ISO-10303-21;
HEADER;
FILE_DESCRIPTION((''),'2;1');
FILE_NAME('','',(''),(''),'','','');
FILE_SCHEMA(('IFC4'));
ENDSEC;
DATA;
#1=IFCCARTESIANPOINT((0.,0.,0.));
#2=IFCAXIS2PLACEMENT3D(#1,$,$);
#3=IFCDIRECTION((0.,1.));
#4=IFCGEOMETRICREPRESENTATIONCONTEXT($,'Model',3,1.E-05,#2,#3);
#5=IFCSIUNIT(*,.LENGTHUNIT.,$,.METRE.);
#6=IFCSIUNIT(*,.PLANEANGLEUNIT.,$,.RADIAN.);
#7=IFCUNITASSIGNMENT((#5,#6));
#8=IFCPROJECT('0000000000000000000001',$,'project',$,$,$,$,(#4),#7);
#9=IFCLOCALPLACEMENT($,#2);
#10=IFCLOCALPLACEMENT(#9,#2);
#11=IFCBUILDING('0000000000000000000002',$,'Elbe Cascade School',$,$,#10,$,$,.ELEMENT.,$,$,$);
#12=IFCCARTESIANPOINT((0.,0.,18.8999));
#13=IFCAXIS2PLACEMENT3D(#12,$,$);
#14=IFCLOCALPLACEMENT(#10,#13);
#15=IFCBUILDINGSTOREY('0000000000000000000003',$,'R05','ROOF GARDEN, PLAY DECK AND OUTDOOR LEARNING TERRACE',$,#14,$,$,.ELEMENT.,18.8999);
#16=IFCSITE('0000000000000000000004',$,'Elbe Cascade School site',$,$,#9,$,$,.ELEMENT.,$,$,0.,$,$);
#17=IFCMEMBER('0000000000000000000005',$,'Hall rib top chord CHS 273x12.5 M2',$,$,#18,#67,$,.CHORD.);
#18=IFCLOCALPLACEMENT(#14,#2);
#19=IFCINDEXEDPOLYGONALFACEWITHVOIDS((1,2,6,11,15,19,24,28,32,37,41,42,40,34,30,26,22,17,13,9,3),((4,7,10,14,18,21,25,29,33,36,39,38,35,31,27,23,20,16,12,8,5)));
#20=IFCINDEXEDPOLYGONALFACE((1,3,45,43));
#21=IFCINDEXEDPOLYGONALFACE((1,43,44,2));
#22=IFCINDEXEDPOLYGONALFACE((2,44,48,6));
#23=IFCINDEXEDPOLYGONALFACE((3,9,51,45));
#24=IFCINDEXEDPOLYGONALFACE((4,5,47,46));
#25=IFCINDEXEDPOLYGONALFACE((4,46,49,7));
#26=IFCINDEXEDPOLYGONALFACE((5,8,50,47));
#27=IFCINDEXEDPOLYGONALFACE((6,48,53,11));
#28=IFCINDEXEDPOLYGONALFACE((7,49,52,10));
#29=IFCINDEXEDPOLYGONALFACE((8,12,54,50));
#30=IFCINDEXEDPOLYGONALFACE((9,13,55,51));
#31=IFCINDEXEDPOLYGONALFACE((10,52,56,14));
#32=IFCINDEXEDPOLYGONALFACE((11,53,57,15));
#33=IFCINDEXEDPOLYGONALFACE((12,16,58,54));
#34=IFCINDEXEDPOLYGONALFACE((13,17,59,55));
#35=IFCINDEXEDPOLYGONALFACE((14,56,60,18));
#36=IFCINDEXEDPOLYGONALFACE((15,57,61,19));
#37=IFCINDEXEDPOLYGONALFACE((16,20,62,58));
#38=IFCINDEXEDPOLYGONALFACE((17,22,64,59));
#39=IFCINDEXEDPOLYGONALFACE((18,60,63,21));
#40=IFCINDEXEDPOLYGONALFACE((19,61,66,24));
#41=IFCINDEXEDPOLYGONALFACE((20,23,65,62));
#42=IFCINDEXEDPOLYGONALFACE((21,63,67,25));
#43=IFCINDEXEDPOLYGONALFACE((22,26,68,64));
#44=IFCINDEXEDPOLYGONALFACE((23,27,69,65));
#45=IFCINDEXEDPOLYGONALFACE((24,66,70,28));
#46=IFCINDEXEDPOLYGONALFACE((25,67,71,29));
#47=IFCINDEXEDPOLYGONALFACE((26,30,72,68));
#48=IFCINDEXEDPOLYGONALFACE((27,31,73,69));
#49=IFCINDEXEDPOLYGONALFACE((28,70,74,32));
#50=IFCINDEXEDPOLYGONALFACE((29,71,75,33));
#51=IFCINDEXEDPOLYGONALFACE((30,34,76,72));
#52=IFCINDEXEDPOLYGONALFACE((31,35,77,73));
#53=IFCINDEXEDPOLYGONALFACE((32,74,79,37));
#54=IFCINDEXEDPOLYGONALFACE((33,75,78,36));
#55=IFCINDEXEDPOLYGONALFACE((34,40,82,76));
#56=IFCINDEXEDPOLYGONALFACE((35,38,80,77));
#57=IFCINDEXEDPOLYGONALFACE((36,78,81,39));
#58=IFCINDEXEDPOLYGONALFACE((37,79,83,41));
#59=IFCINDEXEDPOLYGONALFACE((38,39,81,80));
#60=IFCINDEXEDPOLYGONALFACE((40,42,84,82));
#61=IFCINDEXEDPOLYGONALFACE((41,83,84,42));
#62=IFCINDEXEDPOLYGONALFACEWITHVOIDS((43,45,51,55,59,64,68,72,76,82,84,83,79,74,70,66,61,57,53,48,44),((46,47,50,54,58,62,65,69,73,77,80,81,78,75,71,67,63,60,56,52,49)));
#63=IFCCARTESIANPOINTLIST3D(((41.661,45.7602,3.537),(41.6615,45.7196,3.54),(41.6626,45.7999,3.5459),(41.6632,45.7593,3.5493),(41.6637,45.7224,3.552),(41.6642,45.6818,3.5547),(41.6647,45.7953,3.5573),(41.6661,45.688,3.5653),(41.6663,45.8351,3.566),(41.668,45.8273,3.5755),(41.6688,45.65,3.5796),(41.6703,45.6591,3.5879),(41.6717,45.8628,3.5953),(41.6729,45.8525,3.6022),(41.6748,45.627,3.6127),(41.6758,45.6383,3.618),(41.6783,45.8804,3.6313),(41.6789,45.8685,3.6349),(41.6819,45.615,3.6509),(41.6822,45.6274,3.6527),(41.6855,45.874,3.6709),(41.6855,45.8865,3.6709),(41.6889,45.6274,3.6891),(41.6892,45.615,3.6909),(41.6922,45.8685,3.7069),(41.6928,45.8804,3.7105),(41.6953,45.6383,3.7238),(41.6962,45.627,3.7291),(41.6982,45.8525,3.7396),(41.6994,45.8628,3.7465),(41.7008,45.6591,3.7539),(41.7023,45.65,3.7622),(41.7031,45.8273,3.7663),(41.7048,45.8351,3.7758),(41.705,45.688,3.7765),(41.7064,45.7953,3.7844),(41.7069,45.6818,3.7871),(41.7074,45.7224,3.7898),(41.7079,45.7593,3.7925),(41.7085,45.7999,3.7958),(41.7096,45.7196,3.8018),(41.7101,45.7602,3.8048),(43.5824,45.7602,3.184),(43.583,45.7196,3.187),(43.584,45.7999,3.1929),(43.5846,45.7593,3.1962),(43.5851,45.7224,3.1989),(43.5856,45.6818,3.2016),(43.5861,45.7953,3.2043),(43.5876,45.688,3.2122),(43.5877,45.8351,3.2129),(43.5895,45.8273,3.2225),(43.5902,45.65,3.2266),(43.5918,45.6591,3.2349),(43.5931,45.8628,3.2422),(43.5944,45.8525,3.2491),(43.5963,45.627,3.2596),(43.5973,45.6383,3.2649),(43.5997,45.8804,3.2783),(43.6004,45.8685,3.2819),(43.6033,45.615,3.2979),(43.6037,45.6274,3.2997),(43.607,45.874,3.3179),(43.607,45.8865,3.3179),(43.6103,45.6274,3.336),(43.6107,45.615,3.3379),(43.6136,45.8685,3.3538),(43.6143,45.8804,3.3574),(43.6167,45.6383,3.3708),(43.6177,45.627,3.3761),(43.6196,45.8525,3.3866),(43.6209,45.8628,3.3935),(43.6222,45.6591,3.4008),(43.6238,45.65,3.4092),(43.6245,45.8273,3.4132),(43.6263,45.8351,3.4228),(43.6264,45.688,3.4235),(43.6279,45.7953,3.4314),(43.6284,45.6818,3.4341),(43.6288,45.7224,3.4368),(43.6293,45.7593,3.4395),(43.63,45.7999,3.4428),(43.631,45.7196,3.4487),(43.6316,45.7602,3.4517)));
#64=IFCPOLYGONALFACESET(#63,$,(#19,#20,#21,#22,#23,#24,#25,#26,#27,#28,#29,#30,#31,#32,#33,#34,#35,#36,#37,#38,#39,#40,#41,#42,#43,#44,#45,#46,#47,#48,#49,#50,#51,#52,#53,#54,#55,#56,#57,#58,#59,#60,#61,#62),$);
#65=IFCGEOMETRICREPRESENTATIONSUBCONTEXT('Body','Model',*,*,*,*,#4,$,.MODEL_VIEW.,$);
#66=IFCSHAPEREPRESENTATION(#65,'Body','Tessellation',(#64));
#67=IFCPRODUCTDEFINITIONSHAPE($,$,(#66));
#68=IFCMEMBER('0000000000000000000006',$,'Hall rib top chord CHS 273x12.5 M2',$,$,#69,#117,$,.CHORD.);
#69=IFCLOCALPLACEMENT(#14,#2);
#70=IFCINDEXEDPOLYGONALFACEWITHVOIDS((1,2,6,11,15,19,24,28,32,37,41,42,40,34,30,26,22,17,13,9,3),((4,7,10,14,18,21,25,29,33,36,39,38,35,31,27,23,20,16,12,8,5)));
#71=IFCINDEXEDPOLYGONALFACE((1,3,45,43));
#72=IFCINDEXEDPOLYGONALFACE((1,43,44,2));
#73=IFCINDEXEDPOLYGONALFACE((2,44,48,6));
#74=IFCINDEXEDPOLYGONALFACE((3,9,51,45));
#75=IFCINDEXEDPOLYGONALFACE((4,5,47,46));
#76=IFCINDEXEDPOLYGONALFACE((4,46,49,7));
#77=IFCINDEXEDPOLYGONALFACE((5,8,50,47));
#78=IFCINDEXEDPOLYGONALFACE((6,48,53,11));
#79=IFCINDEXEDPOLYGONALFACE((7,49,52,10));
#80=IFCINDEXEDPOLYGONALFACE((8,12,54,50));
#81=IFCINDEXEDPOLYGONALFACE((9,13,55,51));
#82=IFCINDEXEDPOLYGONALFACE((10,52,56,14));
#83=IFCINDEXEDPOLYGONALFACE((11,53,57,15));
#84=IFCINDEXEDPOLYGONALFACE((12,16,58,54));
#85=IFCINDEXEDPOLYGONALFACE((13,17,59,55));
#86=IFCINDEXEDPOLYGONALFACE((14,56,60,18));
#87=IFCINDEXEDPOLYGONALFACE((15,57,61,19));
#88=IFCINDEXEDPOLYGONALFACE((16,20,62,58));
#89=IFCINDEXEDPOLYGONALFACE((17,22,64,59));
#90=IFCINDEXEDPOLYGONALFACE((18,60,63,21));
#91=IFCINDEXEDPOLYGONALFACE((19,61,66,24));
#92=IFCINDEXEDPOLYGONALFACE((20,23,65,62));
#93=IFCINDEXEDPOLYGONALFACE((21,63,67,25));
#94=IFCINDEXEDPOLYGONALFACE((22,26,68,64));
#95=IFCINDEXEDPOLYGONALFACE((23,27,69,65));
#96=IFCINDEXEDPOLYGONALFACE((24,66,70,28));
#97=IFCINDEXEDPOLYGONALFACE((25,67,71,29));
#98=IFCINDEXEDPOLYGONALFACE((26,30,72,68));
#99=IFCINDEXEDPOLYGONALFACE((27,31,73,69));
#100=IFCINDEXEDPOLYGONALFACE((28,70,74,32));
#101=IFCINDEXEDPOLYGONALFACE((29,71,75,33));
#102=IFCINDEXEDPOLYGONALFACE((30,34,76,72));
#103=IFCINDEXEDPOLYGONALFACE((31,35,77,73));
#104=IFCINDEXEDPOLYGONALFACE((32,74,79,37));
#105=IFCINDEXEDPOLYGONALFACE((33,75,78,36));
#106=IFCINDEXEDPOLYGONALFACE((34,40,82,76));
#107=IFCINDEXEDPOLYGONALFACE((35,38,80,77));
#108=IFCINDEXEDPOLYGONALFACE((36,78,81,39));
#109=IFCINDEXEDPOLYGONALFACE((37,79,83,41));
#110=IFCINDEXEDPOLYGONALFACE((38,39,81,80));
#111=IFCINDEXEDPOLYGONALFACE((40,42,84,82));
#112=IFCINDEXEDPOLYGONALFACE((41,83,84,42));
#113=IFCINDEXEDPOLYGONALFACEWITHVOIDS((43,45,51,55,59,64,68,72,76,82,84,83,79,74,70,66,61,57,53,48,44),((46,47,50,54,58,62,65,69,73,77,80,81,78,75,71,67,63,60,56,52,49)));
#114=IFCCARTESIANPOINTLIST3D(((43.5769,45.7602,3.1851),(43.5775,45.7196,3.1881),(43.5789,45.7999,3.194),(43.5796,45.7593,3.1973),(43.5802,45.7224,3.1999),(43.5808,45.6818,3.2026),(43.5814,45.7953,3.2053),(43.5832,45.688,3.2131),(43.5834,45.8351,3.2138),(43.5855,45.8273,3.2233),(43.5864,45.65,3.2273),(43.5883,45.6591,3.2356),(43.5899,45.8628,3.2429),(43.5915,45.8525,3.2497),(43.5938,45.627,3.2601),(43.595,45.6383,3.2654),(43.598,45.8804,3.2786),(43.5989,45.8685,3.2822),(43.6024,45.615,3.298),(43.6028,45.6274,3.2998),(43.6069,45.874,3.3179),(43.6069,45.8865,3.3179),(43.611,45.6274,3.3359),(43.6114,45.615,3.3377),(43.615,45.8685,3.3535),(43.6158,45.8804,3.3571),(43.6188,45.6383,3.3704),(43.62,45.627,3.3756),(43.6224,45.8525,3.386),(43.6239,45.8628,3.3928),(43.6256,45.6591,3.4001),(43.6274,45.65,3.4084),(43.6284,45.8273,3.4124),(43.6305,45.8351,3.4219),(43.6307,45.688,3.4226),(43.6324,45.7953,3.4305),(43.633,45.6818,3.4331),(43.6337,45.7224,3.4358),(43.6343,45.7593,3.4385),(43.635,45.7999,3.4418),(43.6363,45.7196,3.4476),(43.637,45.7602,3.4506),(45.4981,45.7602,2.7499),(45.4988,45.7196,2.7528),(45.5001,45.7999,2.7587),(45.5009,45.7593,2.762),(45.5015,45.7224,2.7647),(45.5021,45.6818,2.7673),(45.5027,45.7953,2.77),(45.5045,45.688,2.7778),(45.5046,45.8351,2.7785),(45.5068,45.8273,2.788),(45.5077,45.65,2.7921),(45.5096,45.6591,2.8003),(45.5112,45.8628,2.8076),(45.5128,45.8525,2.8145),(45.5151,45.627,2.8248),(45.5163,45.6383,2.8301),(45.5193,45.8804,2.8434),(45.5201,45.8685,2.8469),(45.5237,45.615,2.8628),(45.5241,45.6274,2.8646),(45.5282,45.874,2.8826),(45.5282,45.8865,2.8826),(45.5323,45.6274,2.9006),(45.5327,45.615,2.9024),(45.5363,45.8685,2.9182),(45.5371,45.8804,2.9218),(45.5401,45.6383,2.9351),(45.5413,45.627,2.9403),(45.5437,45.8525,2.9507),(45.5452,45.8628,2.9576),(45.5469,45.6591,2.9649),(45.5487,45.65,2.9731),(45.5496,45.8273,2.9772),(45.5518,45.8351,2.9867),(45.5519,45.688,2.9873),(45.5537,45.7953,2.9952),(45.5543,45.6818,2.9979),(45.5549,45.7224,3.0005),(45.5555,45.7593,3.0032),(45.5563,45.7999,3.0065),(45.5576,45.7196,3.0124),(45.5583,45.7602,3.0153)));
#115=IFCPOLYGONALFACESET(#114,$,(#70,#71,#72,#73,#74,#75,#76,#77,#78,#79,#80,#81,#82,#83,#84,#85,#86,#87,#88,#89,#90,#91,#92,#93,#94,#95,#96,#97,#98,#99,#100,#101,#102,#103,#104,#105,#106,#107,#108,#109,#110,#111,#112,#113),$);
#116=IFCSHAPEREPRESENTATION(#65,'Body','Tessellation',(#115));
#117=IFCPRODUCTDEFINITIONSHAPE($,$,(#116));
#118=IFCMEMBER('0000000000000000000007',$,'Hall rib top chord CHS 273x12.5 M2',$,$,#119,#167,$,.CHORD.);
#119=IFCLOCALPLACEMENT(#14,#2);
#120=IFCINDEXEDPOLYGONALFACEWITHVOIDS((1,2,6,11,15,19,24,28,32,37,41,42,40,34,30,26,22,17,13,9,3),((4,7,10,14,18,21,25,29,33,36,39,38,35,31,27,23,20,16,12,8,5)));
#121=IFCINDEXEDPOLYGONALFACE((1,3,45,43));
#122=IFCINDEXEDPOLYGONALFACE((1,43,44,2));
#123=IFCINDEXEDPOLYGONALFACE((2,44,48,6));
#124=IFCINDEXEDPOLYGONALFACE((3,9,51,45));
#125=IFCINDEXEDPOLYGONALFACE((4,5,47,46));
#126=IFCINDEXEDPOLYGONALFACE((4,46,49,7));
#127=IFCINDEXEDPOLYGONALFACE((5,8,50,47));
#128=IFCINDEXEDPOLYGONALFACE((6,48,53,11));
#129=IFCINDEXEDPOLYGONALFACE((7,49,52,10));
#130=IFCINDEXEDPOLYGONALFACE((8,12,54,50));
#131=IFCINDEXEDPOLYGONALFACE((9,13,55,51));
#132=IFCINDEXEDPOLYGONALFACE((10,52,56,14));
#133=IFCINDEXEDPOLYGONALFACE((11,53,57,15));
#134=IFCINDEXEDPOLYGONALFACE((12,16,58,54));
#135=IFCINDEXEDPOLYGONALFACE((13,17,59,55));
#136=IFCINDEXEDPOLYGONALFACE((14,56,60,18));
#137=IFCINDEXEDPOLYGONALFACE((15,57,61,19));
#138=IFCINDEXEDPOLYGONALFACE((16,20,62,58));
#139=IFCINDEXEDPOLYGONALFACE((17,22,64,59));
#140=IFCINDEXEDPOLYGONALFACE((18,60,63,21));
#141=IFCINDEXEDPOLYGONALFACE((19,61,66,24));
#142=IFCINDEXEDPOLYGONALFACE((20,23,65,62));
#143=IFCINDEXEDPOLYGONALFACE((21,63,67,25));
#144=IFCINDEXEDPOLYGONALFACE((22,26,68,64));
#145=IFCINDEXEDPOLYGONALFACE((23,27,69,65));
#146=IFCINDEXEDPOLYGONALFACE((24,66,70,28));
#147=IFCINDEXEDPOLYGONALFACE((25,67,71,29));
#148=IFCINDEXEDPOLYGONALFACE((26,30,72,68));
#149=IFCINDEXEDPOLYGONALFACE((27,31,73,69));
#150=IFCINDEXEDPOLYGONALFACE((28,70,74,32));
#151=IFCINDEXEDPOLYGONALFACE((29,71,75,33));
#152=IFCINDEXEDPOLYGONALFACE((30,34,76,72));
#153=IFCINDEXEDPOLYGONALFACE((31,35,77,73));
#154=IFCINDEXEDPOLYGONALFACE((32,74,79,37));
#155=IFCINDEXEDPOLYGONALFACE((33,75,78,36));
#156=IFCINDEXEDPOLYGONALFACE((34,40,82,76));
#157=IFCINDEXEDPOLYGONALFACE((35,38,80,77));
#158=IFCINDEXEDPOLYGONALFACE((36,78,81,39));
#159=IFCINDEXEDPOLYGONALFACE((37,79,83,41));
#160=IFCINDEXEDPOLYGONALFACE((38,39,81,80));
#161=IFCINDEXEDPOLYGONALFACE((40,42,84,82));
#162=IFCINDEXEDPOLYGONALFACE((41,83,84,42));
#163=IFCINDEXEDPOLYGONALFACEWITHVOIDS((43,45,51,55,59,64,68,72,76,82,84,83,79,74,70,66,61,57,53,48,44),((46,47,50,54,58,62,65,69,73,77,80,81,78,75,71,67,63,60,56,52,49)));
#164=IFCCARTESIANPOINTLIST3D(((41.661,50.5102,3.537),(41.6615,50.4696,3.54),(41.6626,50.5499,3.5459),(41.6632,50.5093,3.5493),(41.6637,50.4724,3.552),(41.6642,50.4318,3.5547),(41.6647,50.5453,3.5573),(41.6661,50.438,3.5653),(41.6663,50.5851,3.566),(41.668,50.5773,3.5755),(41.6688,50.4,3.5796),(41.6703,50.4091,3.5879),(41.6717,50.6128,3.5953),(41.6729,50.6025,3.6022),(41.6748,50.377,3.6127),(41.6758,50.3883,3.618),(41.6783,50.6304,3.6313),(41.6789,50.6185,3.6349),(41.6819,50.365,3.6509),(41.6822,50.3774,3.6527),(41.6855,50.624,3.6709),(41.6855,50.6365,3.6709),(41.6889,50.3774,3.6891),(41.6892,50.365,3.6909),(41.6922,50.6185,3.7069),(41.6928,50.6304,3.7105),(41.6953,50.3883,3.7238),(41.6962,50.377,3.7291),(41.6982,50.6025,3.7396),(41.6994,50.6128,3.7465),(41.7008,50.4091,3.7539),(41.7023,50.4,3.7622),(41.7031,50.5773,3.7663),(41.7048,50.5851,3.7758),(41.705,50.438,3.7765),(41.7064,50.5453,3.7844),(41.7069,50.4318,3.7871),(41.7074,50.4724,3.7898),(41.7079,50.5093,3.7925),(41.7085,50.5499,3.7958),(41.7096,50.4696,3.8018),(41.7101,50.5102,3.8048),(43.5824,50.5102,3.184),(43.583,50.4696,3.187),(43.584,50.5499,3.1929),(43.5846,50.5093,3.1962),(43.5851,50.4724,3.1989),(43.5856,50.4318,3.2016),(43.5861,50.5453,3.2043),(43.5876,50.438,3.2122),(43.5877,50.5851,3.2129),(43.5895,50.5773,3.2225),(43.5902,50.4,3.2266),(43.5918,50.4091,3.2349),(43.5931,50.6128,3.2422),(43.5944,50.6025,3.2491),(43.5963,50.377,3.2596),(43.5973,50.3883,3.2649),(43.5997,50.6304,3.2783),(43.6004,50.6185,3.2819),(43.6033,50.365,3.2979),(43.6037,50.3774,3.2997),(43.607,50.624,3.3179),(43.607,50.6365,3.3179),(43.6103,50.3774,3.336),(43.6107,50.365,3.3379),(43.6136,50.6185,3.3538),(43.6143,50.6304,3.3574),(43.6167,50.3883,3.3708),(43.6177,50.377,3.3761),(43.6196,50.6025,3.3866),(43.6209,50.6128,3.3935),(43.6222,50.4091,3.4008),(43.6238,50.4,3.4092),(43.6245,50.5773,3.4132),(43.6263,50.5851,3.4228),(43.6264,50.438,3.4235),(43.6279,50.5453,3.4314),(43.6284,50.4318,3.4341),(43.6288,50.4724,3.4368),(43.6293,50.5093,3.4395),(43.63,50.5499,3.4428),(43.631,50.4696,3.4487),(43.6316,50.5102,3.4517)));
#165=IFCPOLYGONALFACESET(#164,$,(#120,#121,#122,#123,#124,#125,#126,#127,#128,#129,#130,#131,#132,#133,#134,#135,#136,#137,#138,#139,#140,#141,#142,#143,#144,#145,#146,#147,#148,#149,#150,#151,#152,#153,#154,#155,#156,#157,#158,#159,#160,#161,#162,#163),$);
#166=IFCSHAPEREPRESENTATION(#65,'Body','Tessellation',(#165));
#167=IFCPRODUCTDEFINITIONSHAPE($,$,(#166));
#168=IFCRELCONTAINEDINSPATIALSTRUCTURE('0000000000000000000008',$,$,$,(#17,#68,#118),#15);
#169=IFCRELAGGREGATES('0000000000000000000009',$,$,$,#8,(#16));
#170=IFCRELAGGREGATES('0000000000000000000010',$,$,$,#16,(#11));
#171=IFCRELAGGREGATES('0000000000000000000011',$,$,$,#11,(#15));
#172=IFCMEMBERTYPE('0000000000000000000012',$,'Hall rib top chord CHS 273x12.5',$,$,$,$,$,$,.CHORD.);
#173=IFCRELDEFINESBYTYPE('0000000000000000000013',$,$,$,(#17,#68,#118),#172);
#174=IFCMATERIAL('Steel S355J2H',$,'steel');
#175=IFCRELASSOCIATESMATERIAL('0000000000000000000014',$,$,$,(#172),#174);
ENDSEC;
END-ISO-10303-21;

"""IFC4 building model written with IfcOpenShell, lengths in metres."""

from ifc_helpers import new_model, si_unit, direction, frame, origin, origin_2d, place, context, subcontext, project, spatial, hollow_circle, extrude, material, material_profile, profile_set, type_object, element, save


model = new_model("IFC4")

# Units and contexts
model_context = context("Model", 3, precision=1e-05, world=origin(), true_north=direction((0.0, 1.0)))
body_context = subcontext(model_context, "Body", "Model", "MODEL_VIEW")
ifc_project = project(units=[si_unit("LENGTHUNIT", "METRE"), si_unit("PLANEANGLEUNIT", "RADIAN")], contexts=[model_context])

# Site, building, storey
site_placement = place(None, origin())
site = spatial("IfcSite", under=ifc_project, at=site_placement, Name="Elbe Cascade School site", CompositionType="ELEMENT", RefElevation=0.0)
building_placement = place(site_placement, origin())
building = spatial("IfcBuilding", under=site, at=building_placement, Name="Elbe Cascade School", CompositionType="ELEMENT")
storey_placement = place(building_placement, frame((0.0, 0.0, 18.8999)))
storey = spatial("IfcBuildingStorey", under=building, at=storey_placement, Name="R05", Description="ROOF GARDEN, PLAY DECK AND OUTDOOR LEARNING TERRACE", CompositionType="ELEMENT", Elevation=18.8999)

# Members
ifc_material_1 = material(Name="Steel S355J2H", Category="steel")
ifc_material_profile_1 = material_profile(ifc_material_1, hollow_circle(Radius=0.1365, WallThickness=0.0125, at=origin_2d()), Name="CHS 273x12.5")
ifc_profile_set_1 = profile_set([ifc_material_profile_1], Name="Steel S355J2H")
member_type_1 = type_object("IfcMemberType", Name="Hall rib top chord CHS 273x12.5", PredefinedType="CHORD", material=ifc_profile_set_1)
member_1_placement = place(storey_placement, frame((41.6855, 45.75, 3.6709), z_axis=(0.983536, 0.0, -0.180711), x_axis=(0.0, 1.0, 0.0)))
element("IfcMember", 1, at=member_1_placement, inside=storey, type_object=member_type_1, Name="Hall rib top chord CHS 273x12.5 M2", PredefinedType="CHORD", context=body_context, shape_type="SweptSolid", body=[
    extrude(hollow_circle(Radius=0.1365, WallThickness=0.0125, at=origin_2d()), origin(), (0.0, 0.0, 1.0), 1.9536),
])
member_2_placement = place(storey_placement, frame((43.6069, 45.75, 3.3179), z_axis=(0.975284, 0.0, -0.220957), x_axis=(0.0, 1.0, 0.0)))
element("IfcMember", 2, at=member_2_placement, inside=storey, type_object=member_type_1, Name="Hall rib top chord CHS 273x12.5 M2", PredefinedType="CHORD", context=body_context, shape_type="SweptSolid", body=[
    extrude(hollow_circle(Radius=0.1365, WallThickness=0.0125, at=origin_2d()), origin(), (0.0, 0.0, 1.0), 1.97),
])
member_3_placement = place(storey_placement, frame((41.6855, 50.5, 3.6709), z_axis=(0.983536, 0.0, -0.180711), x_axis=(0.0, 1.0, 0.0)))
element("IfcMember", 3, at=member_3_placement, inside=storey, type_object=member_type_1, Name="Hall rib top chord CHS 273x12.5 M2", PredefinedType="CHORD", context=body_context, shape_type="SweptSolid", body=[
    extrude(hollow_circle(Radius=0.1365, WallThickness=0.0125, at=origin_2d()), origin(), (0.0, 0.0, 1.0), 1.9536),
])

save(model, "model.ifc")
